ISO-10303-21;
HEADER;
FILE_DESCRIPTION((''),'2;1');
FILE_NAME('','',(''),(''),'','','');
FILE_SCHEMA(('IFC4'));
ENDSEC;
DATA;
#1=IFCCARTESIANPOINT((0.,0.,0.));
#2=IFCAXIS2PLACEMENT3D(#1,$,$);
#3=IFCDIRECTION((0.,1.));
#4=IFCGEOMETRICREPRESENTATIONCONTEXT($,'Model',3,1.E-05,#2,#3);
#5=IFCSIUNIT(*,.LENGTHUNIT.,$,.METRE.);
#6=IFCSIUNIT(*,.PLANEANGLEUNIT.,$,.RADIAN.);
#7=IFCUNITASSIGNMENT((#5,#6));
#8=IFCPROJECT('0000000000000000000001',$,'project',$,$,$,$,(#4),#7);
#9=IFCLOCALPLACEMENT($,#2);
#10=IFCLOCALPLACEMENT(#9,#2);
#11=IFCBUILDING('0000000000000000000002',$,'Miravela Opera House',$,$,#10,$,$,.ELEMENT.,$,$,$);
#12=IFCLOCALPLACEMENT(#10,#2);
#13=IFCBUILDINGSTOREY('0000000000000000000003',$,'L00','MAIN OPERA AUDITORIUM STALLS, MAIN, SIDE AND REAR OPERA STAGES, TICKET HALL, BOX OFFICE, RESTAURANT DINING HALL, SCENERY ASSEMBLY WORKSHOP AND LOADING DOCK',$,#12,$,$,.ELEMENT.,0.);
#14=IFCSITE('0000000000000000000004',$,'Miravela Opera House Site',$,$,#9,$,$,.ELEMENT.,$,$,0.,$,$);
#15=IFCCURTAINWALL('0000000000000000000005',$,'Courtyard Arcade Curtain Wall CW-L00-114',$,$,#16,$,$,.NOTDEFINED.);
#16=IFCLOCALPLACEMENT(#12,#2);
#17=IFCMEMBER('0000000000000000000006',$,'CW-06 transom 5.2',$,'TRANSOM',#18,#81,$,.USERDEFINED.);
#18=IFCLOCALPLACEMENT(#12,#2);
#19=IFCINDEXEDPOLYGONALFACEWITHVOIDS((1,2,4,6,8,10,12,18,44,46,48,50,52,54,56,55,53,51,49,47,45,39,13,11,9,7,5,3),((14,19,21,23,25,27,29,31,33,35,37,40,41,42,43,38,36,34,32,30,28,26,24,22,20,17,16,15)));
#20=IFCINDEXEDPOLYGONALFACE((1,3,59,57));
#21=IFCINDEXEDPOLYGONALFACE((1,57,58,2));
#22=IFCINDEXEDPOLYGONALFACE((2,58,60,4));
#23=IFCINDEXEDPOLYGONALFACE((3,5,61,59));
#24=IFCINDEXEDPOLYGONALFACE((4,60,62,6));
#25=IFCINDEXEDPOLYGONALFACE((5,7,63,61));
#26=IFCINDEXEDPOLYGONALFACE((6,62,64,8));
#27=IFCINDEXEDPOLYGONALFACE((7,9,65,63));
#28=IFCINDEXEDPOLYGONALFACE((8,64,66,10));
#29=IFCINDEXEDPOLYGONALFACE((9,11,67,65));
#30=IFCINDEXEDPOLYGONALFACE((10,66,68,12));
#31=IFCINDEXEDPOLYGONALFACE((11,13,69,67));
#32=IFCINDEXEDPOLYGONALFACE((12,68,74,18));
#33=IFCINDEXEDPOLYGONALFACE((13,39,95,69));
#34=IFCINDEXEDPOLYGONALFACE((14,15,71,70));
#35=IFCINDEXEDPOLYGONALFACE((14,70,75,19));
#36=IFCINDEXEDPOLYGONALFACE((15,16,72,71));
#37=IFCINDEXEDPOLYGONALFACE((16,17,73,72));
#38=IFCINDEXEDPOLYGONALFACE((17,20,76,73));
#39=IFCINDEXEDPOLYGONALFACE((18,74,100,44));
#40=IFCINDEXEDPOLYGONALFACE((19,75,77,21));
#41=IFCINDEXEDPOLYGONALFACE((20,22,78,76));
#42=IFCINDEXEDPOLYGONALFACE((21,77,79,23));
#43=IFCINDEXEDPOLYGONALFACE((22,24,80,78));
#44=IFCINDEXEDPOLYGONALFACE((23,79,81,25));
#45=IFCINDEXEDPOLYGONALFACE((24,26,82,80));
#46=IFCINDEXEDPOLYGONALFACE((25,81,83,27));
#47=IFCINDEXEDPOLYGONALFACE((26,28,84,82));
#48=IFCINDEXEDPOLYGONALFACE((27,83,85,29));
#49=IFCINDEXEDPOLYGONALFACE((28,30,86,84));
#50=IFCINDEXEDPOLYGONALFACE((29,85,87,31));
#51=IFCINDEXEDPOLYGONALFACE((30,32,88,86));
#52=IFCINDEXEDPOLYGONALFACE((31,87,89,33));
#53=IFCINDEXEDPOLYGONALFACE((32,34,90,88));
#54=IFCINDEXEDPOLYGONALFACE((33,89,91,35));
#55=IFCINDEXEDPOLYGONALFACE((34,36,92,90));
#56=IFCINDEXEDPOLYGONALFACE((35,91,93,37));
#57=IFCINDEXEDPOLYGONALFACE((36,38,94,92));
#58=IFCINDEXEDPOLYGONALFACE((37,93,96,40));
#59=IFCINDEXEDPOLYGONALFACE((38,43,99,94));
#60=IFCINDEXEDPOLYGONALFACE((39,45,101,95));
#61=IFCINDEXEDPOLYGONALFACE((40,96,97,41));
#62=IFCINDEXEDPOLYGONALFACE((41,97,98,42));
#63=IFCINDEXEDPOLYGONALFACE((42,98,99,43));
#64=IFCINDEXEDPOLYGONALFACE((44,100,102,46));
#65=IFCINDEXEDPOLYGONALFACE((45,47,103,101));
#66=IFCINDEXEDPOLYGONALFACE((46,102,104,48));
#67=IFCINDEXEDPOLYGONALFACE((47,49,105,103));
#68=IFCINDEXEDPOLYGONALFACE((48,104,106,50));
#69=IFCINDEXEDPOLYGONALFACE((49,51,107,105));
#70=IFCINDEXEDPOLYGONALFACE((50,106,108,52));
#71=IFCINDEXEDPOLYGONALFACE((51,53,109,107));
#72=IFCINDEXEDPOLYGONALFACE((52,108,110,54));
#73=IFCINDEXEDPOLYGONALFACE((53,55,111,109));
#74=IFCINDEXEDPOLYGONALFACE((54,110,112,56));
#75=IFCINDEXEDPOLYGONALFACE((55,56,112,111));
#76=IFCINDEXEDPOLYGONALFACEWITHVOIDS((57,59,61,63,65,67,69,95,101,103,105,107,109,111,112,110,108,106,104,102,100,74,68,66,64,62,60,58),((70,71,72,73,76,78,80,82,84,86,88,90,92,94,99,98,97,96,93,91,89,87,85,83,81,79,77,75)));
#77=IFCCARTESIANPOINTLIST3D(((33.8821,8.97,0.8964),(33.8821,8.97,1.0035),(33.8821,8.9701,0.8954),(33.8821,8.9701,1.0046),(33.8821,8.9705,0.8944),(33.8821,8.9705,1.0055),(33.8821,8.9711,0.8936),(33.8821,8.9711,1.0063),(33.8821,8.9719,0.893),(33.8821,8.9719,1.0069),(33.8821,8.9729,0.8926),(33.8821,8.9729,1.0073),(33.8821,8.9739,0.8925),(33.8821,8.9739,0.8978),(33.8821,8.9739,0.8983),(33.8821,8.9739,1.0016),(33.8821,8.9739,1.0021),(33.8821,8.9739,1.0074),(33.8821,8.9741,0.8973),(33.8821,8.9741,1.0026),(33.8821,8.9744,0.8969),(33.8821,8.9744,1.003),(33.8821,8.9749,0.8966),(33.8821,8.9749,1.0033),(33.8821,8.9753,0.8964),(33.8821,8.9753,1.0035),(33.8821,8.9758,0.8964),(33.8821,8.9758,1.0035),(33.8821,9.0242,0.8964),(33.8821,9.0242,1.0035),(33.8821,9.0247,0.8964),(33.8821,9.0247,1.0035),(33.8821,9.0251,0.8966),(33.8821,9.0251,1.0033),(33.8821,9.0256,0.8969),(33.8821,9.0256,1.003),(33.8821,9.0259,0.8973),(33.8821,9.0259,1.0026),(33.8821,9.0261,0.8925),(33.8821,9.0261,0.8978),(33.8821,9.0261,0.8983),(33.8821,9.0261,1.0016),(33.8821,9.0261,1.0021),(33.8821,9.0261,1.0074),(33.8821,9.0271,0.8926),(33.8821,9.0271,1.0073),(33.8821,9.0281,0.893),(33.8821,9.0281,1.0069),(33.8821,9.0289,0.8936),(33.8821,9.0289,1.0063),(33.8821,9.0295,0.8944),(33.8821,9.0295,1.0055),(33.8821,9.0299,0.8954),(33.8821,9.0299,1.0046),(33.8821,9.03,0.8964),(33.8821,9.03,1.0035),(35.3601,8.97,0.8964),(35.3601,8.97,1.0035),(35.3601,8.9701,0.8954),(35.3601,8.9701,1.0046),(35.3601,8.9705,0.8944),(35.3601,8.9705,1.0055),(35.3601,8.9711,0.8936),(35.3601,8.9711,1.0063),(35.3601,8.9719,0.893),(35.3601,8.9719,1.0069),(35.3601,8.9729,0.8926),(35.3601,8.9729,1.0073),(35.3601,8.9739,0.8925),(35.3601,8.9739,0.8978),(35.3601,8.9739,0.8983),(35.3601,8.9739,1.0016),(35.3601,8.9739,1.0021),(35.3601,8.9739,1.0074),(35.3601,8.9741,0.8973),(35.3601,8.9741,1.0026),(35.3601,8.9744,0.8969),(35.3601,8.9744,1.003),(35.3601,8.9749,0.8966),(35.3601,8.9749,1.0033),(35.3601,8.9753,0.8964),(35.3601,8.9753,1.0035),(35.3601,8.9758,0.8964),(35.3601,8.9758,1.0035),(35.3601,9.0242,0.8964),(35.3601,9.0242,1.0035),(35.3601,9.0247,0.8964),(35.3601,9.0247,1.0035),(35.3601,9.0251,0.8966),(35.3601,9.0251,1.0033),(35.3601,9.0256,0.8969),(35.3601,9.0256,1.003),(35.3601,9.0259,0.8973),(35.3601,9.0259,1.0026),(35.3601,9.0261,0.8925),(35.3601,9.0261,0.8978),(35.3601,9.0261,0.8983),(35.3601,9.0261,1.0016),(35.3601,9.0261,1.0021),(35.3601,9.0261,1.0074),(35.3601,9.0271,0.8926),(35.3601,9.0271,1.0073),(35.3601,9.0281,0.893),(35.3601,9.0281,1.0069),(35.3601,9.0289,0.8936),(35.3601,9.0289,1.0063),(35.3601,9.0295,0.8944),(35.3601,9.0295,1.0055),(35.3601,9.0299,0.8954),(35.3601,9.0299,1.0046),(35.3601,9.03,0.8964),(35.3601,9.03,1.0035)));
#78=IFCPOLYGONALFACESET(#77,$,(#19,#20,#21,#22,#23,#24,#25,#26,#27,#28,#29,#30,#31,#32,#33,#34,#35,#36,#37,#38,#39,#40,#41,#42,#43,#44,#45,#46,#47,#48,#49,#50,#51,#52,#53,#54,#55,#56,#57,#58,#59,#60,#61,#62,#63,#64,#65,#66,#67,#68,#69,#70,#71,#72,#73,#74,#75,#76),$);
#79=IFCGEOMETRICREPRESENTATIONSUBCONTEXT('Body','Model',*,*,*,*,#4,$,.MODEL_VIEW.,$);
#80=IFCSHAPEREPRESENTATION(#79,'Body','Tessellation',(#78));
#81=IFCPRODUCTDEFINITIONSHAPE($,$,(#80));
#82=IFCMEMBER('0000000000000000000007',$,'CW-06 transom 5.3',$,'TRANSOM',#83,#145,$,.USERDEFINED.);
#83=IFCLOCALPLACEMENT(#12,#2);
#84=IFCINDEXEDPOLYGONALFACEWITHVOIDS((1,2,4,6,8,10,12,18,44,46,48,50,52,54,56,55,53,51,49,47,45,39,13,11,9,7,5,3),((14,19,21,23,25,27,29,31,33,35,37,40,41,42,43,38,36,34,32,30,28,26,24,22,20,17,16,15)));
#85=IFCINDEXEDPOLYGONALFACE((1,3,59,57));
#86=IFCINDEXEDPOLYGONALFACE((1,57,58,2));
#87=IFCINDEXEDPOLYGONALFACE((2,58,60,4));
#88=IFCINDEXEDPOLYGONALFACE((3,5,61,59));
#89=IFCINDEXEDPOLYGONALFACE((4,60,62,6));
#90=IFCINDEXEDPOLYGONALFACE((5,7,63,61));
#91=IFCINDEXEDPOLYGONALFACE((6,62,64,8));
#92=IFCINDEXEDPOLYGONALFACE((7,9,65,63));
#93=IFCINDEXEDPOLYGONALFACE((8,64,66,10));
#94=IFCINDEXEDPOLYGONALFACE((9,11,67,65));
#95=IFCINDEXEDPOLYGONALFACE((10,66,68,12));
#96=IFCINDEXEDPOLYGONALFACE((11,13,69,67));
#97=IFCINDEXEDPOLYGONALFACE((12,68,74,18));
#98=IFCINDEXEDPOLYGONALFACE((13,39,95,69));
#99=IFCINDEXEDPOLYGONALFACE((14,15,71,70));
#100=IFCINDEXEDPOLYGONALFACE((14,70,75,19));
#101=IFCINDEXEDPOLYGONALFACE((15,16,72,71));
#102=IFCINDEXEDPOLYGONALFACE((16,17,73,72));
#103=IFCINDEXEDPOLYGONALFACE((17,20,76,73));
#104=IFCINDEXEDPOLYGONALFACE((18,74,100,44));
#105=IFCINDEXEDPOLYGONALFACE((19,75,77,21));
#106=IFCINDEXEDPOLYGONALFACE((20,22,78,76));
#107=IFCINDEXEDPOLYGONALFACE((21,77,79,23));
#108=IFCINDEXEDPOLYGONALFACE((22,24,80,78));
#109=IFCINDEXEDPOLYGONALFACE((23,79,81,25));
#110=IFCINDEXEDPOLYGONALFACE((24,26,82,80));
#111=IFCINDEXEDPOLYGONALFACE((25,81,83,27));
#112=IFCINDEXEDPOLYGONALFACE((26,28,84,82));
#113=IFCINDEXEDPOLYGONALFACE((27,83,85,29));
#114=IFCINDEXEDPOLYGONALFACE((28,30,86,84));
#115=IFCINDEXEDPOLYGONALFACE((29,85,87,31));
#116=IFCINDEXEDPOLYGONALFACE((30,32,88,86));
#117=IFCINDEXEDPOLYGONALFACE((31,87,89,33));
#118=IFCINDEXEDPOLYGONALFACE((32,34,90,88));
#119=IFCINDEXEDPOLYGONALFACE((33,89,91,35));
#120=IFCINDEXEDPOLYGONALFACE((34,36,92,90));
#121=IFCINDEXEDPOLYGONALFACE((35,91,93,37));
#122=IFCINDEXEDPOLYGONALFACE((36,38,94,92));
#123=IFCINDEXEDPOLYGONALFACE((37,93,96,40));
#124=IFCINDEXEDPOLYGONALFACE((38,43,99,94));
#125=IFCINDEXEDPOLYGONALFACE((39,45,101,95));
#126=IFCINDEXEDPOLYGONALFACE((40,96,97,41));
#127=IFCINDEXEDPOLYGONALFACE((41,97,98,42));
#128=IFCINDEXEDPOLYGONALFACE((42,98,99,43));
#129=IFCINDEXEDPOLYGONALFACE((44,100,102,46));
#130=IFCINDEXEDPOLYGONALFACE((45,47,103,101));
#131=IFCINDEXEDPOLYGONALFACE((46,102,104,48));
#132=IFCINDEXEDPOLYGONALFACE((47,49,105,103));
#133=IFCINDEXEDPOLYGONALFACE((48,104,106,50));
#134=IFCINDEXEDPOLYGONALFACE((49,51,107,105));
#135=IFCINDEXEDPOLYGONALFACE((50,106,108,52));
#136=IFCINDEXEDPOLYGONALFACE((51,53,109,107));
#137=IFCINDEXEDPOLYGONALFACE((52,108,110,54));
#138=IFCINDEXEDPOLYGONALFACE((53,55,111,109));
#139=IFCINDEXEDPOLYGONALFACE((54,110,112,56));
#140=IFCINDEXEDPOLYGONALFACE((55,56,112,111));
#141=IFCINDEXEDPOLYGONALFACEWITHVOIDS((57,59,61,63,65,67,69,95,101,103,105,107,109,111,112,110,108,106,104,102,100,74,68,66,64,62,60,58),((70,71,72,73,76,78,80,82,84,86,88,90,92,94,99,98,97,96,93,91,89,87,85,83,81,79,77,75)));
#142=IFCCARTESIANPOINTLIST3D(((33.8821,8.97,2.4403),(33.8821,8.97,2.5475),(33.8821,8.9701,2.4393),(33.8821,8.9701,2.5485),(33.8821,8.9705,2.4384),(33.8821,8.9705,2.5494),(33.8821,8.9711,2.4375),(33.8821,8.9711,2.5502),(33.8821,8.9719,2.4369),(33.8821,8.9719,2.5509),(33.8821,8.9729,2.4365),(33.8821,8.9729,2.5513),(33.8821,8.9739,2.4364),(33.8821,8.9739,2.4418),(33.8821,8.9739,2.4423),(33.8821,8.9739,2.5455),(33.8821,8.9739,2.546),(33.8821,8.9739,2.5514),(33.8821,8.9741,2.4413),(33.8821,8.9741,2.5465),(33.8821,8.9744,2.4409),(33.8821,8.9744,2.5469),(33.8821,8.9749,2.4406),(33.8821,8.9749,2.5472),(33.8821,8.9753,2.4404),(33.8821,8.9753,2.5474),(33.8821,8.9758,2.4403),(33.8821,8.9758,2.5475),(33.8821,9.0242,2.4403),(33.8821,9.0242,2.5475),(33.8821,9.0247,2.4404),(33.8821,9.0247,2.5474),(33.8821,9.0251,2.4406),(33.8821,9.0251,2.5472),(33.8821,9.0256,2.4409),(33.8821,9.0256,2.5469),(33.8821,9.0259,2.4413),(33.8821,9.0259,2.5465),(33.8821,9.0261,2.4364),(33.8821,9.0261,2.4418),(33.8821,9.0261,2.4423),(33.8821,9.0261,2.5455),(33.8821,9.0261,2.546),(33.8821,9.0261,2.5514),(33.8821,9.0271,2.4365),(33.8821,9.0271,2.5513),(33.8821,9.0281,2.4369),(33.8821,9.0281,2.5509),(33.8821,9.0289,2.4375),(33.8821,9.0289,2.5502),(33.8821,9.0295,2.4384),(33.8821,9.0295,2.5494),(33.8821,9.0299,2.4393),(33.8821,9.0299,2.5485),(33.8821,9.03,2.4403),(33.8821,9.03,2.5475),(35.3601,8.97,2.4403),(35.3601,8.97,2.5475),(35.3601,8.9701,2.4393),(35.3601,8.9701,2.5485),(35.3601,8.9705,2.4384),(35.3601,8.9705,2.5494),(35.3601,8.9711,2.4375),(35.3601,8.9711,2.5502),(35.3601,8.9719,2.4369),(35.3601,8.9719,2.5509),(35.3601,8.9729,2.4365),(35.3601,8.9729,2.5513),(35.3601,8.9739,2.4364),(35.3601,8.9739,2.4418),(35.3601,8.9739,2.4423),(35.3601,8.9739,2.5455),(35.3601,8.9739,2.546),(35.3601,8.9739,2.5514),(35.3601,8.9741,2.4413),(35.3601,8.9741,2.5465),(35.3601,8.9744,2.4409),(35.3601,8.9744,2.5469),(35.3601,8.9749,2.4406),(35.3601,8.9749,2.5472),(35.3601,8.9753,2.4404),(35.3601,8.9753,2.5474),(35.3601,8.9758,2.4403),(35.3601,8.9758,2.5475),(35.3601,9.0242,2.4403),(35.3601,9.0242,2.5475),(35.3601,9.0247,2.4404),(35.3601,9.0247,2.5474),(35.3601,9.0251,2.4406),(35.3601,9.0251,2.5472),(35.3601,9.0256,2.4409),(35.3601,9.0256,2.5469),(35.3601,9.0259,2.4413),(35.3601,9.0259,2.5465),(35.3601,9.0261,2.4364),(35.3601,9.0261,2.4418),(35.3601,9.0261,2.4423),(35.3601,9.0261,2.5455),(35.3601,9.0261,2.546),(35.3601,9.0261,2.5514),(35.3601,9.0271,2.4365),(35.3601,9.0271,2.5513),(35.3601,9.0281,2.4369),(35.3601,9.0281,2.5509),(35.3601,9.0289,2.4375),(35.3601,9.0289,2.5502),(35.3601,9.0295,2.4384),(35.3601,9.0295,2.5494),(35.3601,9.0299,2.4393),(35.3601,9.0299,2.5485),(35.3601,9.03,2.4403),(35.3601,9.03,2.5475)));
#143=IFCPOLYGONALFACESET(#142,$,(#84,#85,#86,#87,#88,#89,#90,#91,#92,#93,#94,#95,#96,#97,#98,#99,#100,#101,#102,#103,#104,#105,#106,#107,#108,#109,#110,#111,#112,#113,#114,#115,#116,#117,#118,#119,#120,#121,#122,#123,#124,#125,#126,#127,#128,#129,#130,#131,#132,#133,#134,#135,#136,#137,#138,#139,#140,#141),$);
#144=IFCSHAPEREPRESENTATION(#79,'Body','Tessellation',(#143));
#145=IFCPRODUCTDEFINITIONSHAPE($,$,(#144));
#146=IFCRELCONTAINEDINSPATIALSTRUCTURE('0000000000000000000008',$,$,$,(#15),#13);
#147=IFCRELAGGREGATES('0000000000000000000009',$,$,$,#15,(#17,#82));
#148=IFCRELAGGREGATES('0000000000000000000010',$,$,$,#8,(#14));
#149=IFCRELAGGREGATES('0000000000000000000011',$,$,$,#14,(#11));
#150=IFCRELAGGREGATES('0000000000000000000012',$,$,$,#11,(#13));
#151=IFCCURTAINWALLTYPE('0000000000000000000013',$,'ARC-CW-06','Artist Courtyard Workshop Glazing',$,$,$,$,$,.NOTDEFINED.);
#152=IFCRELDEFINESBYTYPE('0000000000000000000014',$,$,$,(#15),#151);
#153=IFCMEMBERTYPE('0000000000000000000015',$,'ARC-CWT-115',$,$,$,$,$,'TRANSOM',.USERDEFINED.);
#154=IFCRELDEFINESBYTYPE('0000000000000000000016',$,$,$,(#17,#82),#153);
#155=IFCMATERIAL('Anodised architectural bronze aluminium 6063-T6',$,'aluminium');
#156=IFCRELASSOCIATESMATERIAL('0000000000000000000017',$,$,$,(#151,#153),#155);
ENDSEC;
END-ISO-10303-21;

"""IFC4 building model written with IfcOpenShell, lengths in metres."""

from ifc_helpers import new_model, si_unit, direction, frame, origin, origin_2d, place, context, subcontext, project, spatial, hollow_rectangle, extrude, material, material_profile, profile_set, type_object, element, aggregate, save


model = new_model("IFC4")

# Units and contexts
model_context = context("Model", 3, precision=1e-05, world=origin(), true_north=direction((0.0, 1.0)))
body_context = subcontext(model_context, "Body", "Model", "MODEL_VIEW")
ifc_project = project(units=[si_unit("LENGTHUNIT", "METRE"), si_unit("PLANEANGLEUNIT", "RADIAN")], contexts=[model_context])

# Site, building, storey
site_placement = place(None, origin())
site = spatial("IfcSite", under=ifc_project, at=site_placement, Name="Miravela Opera House Site", CompositionType="ELEMENT", RefElevation=0.0)
building_placement = place(site_placement, origin())
building = spatial("IfcBuilding", under=site, at=building_placement, Name="Miravela Opera House", CompositionType="ELEMENT")
storey_placement = place(building_placement, origin())
storey = spatial("IfcBuildingStorey", under=building, at=storey_placement, Name="L00", Description="MAIN OPERA AUDITORIUM STALLS, MAIN, SIDE AND REAR OPERA STAGES, TICKET HALL, BOX OFFICE, RESTAURANT DINING HALL, SCENERY ASSEMBLY WORKSHOP AND LOADING DOCK", CompositionType="ELEMENT", Elevation=0.0)

# Curtain wall, members
ifc_material_1 = material(Name="Anodised architectural bronze aluminium 6063-T6", Category="aluminium")
curtain_wall_type = type_object("IfcCurtainWallType", Name="ARC-CW-06", Description="Artist Courtyard Workshop Glazing", PredefinedType="NOTDEFINED", material=ifc_material_1)
curtain_wall_placement = place(storey_placement, origin())
curtain_wall = element("IfcCurtainWall", 1, at=curtain_wall_placement, inside=storey, type_object=curtain_wall_type, Name="Courtyard Arcade Curtain Wall CW-L00-114", PredefinedType="NOTDEFINED")
ifc_material_profile_1 = material_profile(ifc_material_1, hollow_rectangle(XDim=0.0601, YDim=0.115, WallThickness=0.0039, InnerFilletRadius=0.002, OuterFilletRadius=0.0039, at=origin_2d()), Name="CWT-60X115")
ifc_profile_set_1 = profile_set([ifc_material_profile_1])
member_type_1 = type_object("IfcMemberType", Name="ARC-CWT-115", ElementType="TRANSOM", PredefinedType="USERDEFINED", material=ifc_profile_set_1)
member_1_placement = place(storey_placement, frame((33.8821, 9.0, 0.95), z_axis=(1.0, 0.0, 0.0), x_axis=(0.0, 1.0, 0.0)))
member_1 = element("IfcMember", 2, at=member_1_placement, type_object=member_type_1, Name="CW-06 transom 5.2", ObjectType="TRANSOM", PredefinedType="USERDEFINED", context=body_context, shape_type="SweptSolid", body=[
    extrude(hollow_rectangle(XDim=0.0601, YDim=0.115, WallThickness=0.0039, InnerFilletRadius=0.002, OuterFilletRadius=0.0039, at=origin_2d()), origin(), (0.0, 0.0, 1.0), 1.478),
])
member_2_placement = place(storey_placement, frame((33.8821, 9.0, 2.4939), z_axis=(1.0, 0.0, 0.0), x_axis=(0.0, 1.0, 0.0)))
member_2 = element("IfcMember", 3, at=member_2_placement, type_object=member_type_1, Name="CW-06 transom 5.3", ObjectType="TRANSOM", PredefinedType="USERDEFINED", context=body_context, shape_type="SweptSolid", body=[
    extrude(hollow_rectangle(XDim=0.0601, YDim=0.115, WallThickness=0.0039, InnerFilletRadius=0.002, OuterFilletRadius=0.0039, at=origin_2d()), origin(), (0.0, 0.0, 1.0), 1.478),
])
aggregate(curtain_wall, [member_1, member_2])

save(model, "model.ifc")
